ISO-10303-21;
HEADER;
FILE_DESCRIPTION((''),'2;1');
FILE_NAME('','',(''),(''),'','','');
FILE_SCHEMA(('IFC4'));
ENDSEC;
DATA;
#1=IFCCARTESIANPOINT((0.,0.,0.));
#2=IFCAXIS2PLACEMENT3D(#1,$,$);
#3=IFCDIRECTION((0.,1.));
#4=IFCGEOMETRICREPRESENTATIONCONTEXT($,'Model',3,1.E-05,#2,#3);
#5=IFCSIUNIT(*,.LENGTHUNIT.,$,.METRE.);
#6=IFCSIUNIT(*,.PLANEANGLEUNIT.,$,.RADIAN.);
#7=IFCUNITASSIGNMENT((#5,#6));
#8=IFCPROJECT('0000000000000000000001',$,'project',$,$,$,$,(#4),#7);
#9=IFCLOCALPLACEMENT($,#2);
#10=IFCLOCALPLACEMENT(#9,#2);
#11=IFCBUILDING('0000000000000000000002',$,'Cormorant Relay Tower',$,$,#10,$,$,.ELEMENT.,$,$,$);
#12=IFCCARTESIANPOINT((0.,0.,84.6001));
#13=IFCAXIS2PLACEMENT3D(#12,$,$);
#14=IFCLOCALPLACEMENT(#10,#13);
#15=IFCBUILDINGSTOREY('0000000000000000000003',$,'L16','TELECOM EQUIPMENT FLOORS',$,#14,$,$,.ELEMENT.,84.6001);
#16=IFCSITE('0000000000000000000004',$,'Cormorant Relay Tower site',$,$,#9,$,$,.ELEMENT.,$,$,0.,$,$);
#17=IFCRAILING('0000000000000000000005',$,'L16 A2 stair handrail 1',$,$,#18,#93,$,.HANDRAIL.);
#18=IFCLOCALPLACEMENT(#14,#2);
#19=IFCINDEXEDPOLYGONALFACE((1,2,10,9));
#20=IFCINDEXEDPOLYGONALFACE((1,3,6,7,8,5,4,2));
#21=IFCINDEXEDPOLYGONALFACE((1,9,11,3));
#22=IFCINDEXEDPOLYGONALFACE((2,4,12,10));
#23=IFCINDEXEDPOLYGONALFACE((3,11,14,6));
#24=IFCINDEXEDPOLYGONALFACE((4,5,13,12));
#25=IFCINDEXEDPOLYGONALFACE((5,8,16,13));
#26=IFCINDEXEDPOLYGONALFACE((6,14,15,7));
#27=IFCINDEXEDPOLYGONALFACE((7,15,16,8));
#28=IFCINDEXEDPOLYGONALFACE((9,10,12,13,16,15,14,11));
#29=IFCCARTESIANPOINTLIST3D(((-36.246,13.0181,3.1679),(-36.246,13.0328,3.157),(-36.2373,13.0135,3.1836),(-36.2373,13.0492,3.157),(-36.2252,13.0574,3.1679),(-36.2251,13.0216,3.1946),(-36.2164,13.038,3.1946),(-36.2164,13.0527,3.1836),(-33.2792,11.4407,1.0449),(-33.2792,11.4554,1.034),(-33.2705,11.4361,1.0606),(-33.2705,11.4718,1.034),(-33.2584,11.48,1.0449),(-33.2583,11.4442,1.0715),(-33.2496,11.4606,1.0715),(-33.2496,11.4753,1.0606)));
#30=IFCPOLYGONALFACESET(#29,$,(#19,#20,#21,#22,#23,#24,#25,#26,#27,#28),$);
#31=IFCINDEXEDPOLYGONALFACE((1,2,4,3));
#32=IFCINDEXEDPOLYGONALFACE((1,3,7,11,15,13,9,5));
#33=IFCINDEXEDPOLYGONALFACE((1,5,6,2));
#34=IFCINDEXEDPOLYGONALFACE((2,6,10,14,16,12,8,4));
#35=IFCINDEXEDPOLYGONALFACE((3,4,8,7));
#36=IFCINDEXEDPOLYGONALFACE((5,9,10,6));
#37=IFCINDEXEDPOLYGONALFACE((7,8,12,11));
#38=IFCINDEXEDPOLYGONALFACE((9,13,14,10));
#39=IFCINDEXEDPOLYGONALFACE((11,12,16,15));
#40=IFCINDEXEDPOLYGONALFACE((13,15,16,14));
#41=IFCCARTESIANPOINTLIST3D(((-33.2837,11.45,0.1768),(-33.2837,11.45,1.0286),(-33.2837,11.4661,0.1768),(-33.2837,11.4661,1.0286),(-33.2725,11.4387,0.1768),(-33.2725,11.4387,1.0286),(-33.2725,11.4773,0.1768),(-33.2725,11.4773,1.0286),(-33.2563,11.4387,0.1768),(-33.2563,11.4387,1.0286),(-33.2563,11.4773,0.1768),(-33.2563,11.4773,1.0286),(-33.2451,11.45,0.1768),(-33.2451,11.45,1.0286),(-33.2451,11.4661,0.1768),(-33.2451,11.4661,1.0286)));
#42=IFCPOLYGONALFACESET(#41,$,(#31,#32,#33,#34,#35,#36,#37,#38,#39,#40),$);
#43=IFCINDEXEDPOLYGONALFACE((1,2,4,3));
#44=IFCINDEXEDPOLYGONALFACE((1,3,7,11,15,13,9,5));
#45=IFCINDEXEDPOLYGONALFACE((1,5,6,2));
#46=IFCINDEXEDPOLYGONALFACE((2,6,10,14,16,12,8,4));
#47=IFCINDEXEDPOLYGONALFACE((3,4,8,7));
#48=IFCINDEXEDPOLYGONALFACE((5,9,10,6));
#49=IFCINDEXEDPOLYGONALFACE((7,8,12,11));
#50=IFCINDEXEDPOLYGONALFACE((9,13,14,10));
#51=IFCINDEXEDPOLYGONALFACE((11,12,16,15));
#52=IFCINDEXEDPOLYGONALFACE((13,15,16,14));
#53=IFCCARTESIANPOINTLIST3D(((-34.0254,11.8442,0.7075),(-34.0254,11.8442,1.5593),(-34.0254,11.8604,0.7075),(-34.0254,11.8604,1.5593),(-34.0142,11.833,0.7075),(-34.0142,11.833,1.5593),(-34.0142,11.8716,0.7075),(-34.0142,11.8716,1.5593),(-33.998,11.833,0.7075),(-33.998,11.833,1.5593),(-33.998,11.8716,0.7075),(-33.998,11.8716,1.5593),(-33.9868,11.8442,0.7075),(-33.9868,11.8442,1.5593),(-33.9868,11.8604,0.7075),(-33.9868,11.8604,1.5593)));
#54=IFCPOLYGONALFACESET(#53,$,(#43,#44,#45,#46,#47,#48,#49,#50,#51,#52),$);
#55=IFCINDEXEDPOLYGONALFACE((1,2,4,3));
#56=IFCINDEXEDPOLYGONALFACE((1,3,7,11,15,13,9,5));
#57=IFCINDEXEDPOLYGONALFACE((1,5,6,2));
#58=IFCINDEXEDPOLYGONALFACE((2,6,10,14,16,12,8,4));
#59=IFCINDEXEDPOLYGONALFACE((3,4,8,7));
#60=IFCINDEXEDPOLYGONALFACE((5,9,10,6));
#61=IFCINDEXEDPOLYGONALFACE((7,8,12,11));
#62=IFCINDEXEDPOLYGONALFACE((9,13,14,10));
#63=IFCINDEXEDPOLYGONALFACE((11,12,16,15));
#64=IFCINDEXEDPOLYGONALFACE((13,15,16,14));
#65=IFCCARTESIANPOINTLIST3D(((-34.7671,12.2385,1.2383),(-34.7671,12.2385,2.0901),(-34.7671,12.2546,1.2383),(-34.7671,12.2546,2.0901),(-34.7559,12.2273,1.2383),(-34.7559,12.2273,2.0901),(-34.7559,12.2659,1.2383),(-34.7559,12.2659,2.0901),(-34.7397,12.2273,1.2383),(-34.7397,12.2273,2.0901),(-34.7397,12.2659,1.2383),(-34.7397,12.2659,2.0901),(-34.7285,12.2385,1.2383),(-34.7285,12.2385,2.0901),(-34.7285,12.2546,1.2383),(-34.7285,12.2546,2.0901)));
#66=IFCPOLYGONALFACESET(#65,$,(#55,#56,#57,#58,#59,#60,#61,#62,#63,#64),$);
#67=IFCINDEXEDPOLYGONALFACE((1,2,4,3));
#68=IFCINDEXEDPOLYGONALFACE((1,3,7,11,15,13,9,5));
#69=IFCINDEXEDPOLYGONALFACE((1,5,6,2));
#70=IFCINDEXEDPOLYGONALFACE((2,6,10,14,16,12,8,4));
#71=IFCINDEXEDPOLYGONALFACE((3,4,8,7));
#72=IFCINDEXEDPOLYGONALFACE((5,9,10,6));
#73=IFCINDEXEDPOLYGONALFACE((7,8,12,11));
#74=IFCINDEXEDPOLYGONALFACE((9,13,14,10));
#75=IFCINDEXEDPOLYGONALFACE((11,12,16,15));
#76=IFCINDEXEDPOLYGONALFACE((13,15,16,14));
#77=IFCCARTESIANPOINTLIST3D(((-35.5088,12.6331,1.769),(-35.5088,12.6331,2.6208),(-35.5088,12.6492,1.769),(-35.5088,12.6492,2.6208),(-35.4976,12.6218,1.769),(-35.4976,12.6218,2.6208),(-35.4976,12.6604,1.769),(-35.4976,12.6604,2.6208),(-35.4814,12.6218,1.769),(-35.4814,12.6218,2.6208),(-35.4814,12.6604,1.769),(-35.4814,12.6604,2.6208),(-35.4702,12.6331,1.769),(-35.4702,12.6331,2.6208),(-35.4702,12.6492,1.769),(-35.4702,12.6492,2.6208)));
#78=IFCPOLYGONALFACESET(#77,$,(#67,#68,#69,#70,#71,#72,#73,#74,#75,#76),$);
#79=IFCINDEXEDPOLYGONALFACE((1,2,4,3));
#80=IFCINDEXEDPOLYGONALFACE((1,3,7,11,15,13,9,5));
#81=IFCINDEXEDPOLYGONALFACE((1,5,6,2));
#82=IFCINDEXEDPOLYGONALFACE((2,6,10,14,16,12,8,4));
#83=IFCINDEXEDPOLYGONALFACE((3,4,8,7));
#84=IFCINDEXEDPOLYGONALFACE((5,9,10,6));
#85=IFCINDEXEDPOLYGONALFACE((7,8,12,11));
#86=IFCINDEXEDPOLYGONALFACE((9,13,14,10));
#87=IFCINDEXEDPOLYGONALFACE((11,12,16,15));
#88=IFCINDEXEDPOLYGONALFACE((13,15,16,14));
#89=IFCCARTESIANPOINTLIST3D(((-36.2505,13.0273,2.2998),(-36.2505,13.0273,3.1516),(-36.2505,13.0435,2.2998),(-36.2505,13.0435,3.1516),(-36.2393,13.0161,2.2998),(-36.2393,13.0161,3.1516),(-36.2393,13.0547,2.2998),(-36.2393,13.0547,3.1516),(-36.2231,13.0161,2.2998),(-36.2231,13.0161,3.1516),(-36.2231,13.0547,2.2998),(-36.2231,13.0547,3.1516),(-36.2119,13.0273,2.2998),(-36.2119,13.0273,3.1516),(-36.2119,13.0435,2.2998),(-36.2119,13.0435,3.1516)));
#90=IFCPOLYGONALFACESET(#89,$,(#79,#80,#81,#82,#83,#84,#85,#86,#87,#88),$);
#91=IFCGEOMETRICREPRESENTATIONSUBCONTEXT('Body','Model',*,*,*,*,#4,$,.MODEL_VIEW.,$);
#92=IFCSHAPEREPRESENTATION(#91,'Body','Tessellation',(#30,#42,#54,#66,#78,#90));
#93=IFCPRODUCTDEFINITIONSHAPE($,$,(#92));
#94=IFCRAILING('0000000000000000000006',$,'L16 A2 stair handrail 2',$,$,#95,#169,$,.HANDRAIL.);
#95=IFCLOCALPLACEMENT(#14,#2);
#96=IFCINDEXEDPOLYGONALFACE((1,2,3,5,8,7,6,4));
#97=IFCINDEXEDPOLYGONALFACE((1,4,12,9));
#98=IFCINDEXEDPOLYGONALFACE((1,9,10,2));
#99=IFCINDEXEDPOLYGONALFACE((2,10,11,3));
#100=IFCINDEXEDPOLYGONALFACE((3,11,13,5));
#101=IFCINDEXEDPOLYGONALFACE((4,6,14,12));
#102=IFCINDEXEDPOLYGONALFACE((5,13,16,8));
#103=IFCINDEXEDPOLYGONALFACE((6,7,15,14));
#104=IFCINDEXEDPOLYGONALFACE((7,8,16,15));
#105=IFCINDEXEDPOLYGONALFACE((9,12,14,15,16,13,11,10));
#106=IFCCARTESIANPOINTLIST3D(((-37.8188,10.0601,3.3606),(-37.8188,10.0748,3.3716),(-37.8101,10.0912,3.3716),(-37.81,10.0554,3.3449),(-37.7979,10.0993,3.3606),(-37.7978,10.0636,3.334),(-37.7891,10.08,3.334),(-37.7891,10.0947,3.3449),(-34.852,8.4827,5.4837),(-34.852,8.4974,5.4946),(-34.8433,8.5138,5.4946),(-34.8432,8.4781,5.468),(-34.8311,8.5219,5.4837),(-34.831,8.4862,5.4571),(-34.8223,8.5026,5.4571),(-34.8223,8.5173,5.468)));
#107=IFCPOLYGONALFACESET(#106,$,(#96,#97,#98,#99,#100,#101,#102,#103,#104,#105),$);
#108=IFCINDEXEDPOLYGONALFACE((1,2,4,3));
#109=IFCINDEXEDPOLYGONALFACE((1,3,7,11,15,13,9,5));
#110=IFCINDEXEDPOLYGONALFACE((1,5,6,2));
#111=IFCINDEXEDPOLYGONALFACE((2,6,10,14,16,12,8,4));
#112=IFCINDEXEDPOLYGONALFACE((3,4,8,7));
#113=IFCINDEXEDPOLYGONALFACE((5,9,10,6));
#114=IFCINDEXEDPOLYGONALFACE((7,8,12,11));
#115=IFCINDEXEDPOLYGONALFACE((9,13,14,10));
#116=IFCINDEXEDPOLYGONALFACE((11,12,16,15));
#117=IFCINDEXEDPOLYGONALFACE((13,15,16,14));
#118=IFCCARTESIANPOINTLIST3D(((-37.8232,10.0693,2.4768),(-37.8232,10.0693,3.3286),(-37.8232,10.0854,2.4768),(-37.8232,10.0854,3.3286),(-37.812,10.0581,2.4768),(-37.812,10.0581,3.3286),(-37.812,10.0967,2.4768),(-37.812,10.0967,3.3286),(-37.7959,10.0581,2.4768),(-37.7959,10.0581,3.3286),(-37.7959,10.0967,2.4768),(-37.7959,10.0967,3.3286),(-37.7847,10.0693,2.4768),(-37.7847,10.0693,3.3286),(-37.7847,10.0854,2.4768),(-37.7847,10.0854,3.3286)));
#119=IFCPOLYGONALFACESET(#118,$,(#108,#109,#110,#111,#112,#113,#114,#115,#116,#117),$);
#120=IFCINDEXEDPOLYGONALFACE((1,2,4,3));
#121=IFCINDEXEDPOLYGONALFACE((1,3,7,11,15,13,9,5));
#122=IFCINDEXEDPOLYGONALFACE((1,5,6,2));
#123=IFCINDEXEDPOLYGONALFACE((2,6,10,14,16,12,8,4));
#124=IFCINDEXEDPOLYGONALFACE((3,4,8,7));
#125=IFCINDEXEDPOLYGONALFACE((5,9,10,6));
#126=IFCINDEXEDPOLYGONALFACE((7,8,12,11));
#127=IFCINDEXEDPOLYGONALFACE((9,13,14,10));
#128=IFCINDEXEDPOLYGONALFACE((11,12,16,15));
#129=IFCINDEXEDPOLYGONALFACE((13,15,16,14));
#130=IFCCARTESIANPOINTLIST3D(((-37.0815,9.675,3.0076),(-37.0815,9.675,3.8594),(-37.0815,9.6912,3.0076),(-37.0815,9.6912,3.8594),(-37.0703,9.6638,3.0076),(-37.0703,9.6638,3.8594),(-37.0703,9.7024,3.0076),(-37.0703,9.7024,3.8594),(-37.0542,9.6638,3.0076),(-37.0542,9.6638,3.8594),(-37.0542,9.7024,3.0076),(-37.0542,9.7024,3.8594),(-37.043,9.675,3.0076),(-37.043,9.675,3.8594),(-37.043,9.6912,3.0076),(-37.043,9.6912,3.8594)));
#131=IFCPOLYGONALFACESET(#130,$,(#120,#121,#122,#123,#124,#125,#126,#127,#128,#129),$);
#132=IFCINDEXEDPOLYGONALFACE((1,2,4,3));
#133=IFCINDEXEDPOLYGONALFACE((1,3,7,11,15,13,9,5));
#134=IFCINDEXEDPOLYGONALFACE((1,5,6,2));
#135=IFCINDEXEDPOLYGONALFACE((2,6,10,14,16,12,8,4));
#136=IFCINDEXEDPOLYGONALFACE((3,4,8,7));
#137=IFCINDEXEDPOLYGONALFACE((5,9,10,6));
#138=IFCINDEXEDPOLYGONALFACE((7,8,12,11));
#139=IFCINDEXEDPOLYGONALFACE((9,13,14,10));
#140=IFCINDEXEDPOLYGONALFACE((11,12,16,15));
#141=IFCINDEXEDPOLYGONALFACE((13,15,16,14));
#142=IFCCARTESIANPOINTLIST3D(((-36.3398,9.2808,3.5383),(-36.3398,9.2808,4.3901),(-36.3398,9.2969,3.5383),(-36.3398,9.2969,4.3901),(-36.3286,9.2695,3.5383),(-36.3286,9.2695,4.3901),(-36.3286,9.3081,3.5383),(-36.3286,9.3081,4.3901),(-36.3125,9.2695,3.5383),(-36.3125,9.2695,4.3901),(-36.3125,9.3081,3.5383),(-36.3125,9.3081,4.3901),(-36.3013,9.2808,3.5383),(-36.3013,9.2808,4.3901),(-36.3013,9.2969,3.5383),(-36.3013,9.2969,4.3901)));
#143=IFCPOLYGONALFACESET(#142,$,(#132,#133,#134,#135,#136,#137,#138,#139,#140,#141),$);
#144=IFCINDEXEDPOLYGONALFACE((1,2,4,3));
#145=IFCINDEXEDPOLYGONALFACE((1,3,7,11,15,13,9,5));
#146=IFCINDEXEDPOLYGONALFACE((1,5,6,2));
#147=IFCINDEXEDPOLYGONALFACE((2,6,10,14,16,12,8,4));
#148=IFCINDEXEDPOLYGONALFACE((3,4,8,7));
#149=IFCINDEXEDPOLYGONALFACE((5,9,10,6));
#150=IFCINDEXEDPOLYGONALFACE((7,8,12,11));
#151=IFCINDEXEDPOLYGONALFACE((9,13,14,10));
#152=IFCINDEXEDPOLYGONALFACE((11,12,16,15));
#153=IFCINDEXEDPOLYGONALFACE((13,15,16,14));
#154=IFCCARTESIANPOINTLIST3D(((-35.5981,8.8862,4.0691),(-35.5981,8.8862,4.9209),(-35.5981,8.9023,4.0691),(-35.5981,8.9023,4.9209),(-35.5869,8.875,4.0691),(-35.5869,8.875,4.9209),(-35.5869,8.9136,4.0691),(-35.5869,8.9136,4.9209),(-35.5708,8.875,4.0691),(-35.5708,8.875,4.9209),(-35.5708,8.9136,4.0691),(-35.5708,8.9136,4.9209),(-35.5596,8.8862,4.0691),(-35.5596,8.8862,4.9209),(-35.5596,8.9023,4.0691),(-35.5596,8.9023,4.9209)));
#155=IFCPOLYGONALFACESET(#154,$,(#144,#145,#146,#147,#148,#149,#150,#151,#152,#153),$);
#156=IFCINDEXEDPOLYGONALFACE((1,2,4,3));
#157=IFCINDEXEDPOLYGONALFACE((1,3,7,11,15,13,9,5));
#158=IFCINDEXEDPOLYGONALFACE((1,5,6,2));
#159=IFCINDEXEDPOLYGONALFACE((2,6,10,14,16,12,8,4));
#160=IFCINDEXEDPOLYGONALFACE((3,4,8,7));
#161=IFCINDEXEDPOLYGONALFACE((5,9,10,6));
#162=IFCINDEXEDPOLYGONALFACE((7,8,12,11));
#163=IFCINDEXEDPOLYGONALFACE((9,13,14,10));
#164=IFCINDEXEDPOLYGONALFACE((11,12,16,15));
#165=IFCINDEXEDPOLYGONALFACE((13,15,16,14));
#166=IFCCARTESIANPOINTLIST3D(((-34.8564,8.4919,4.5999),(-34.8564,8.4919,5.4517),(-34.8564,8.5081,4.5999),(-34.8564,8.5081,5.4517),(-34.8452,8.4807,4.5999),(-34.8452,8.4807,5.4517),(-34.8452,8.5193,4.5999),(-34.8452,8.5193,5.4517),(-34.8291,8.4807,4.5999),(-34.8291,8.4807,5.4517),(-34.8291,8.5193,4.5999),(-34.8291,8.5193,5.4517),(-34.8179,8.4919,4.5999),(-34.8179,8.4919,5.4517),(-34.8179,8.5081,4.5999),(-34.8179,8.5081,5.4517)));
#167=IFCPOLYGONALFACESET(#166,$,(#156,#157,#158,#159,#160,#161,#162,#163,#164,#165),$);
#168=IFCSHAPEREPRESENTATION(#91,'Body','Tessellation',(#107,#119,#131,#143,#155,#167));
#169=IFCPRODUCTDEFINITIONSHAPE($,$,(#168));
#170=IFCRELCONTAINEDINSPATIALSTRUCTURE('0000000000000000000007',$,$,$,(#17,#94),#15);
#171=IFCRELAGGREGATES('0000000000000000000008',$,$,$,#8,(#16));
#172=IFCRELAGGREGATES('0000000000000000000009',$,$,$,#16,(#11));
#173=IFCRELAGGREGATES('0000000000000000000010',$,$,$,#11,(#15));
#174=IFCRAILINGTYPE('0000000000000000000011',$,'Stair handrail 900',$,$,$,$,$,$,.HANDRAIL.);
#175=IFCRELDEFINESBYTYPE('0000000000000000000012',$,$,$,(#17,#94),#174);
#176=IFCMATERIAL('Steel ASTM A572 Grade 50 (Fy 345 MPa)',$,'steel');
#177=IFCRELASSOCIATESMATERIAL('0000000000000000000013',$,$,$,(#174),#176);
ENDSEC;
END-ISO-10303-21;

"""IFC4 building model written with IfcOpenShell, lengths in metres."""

from ifc_helpers import new_model, si_unit, direction, frame, origin, place, context, subcontext, project, spatial, polyline, outline, extrude, material, type_object, element, save


model = new_model("IFC4")

# Units and contexts
model_context = context("Model", 3, precision=1e-05, world=origin(), true_north=direction((0.0, 1.0)))
body_context = subcontext(model_context, "Body", "Model", "MODEL_VIEW")
ifc_project = project(units=[si_unit("LENGTHUNIT", "METRE"), si_unit("PLANEANGLEUNIT", "RADIAN")], contexts=[model_context])

# Site, building, storey
site_placement = place(None, origin())
site = spatial("IfcSite", under=ifc_project, at=site_placement, Name="Cormorant Relay Tower site", CompositionType="ELEMENT", RefElevation=0.0)
building_placement = place(site_placement, origin())
building = spatial("IfcBuilding", under=site, at=building_placement, Name="Cormorant Relay Tower", CompositionType="ELEMENT")
storey_placement = place(building_placement, frame((0.0, 0.0, 84.6001)))
storey = spatial("IfcBuildingStorey", under=building, at=storey_placement, Name="L16", Description="TELECOM EQUIPMENT FLOORS", CompositionType="ELEMENT", Elevation=84.6001)

# Railings
ifc_material_1 = material(Name="Steel ASTM A572 Grade 50 (Fy 345 MPa)", Category="steel")
railing_type_1 = type_object("IfcRailingType", Name="Stair handrail 900", PredefinedType="HANDRAIL", material=ifc_material_1)
railing_1_placement = place(storey_placement, frame((-33.2644, 11.458, 0.1768)))
element("IfcRailing", 1, at=railing_1_placement, inside=storey, type_object=railing_type_1, Name="L16 A2 stair handrail 1", PredefinedType="HANDRAIL", context=body_context, shape_type="SweptSolid", body=[
    extrude(outline(polyline([(0.0222, 0.0093), (0.0093, 0.0222), (-0.0093, 0.0222), (-0.0222, 0.0093), (-0.0222, -0.0093), (-0.0093, -0.0222), (0.0093, -0.0222), (0.0222, -0.0093), (0.0222, 0.0093)])), frame((0.0, 0.0, 0.876), z_axis=(-0.746441, 0.396869, 0.534155), x_axis=(-0.469453, -0.882958, 0.0)), (0.0, 0.0, 1.0), 3.9746),
    extrude(outline(polyline([(0.0193, 0.0081), (0.0081, 0.0193), (-0.0081, 0.0193), (-0.0193, 0.0081), (-0.0193, -0.0081), (-0.0081, -0.0193), (0.0081, -0.0193), (0.0193, -0.0081), (0.0193, 0.0081)])), origin(), (0.0, 0.0, 1.0), 0.8518),
    extrude(outline(polyline([(0.0193, 0.0081), (0.0081, 0.0193), (-0.0081, 0.0193), (-0.0193, 0.0081), (-0.0193, -0.0081), (-0.0081, -0.0193), (0.0081, -0.0193), (0.0193, -0.0081), (0.0193, 0.0081)])), frame((-0.7417, 0.3943, 0.5308)), (0.0, 0.0, 1.0), 0.8518),
    extrude(outline(polyline([(0.0193, 0.0081), (0.0081, 0.0193), (-0.0081, 0.0193), (-0.0193, 0.0081), (-0.0193, -0.0081), (-0.0081, -0.0193), (0.0081, -0.0193), (0.0193, -0.0081), (0.0193, 0.0081)])), frame((-1.4834, 0.7886, 1.0615)), (0.0, 0.0, 1.0), 0.8518),
    extrude(outline(polyline([(0.0193, 0.0081), (0.0081, 0.0193), (-0.0081, 0.0193), (-0.0193, 0.0081), (-0.0193, -0.0081), (-0.0081, -0.0193), (0.0081, -0.0193), (0.0193, -0.0081), (0.0193, 0.0081)])), frame((-2.2251, 1.1831, 1.5923)), (0.0, 0.0, 1.0), 0.8518),
    extrude(outline(polyline([(0.0193, 0.0081), (0.0081, 0.0193), (-0.0081, 0.0193), (-0.0193, 0.0081), (-0.0193, -0.0081), (-0.0081, -0.0193), (0.0081, -0.0193), (0.0193, -0.0081), (0.0193, 0.0081)])), frame((-2.9668, 1.5774, 2.123)), (0.0, 0.0, 1.0), 0.8518),
])
railing_2_placement = place(storey_placement, frame((-37.804, 10.0774, 2.4768)))
element("IfcRailing", 2, at=railing_2_placement, inside=storey, type_object=railing_type_1, Name="L16 A2 stair handrail 2", PredefinedType="HANDRAIL", context=body_context, shape_type="SweptSolid", body=[
    extrude(outline(polyline([(0.0222, 0.0093), (0.0093, 0.0222), (-0.0093, 0.0222), (-0.0222, 0.0093), (-0.0222, -0.0093), (-0.0093, -0.0222), (0.0093, -0.0222), (0.0222, -0.0093), (0.0222, 0.0093)])), frame((0.0, 0.0, 0.876), z_axis=(0.746441, -0.396869, 0.534155), x_axis=(0.469453, 0.882958, 0.0)), (0.0, 0.0, 1.0), 3.9746),
    extrude(outline(polyline([(0.0193, 0.0081), (0.0081, 0.0193), (-0.0081, 0.0193), (-0.0193, 0.0081), (-0.0193, -0.0081), (-0.0081, -0.0193), (0.0081, -0.0193), (0.0193, -0.0081), (0.0193, 0.0081)])), origin(), (0.0, 0.0, 1.0), 0.8518),
    extrude(outline(polyline([(0.0193, 0.0081), (0.0081, 0.0193), (-0.0081, 0.0193), (-0.0193, 0.0081), (-0.0193, -0.0081), (-0.0081, -0.0193), (0.0081, -0.0193), (0.0193, -0.0081), (0.0193, 0.0081)])), frame((0.7417, -0.3943, 0.5308)), (0.0, 0.0, 1.0), 0.8518),
    extrude(outline(polyline([(0.0193, 0.0081), (0.0081, 0.0193), (-0.0081, 0.0193), (-0.0193, 0.0081), (-0.0193, -0.0081), (-0.0081, -0.0193), (0.0081, -0.0193), (0.0193, -0.0081), (0.0193, 0.0081)])), frame((1.4834, -0.7886, 1.0615)), (0.0, 0.0, 1.0), 0.8518),
    extrude(outline(polyline([(0.0193, 0.0081), (0.0081, 0.0193), (-0.0081, 0.0193), (-0.0193, 0.0081), (-0.0193, -0.0081), (-0.0081, -0.0193), (0.0081, -0.0193), (0.0193, -0.0081), (0.0193, 0.0081)])), frame((2.2251, -1.1831, 1.5923)), (0.0, 0.0, 1.0), 0.8518),
    extrude(outline(polyline([(0.0193, 0.0081), (0.0081, 0.0193), (-0.0081, 0.0193), (-0.0193, 0.0081), (-0.0193, -0.0081), (-0.0081, -0.0193), (0.0081, -0.0193), (0.0193, -0.0081), (0.0193, 0.0081)])), frame((2.9668, -1.5774, 2.123)), (0.0, 0.0, 1.0), 0.8518),
])

save(model, "model.ifc")
